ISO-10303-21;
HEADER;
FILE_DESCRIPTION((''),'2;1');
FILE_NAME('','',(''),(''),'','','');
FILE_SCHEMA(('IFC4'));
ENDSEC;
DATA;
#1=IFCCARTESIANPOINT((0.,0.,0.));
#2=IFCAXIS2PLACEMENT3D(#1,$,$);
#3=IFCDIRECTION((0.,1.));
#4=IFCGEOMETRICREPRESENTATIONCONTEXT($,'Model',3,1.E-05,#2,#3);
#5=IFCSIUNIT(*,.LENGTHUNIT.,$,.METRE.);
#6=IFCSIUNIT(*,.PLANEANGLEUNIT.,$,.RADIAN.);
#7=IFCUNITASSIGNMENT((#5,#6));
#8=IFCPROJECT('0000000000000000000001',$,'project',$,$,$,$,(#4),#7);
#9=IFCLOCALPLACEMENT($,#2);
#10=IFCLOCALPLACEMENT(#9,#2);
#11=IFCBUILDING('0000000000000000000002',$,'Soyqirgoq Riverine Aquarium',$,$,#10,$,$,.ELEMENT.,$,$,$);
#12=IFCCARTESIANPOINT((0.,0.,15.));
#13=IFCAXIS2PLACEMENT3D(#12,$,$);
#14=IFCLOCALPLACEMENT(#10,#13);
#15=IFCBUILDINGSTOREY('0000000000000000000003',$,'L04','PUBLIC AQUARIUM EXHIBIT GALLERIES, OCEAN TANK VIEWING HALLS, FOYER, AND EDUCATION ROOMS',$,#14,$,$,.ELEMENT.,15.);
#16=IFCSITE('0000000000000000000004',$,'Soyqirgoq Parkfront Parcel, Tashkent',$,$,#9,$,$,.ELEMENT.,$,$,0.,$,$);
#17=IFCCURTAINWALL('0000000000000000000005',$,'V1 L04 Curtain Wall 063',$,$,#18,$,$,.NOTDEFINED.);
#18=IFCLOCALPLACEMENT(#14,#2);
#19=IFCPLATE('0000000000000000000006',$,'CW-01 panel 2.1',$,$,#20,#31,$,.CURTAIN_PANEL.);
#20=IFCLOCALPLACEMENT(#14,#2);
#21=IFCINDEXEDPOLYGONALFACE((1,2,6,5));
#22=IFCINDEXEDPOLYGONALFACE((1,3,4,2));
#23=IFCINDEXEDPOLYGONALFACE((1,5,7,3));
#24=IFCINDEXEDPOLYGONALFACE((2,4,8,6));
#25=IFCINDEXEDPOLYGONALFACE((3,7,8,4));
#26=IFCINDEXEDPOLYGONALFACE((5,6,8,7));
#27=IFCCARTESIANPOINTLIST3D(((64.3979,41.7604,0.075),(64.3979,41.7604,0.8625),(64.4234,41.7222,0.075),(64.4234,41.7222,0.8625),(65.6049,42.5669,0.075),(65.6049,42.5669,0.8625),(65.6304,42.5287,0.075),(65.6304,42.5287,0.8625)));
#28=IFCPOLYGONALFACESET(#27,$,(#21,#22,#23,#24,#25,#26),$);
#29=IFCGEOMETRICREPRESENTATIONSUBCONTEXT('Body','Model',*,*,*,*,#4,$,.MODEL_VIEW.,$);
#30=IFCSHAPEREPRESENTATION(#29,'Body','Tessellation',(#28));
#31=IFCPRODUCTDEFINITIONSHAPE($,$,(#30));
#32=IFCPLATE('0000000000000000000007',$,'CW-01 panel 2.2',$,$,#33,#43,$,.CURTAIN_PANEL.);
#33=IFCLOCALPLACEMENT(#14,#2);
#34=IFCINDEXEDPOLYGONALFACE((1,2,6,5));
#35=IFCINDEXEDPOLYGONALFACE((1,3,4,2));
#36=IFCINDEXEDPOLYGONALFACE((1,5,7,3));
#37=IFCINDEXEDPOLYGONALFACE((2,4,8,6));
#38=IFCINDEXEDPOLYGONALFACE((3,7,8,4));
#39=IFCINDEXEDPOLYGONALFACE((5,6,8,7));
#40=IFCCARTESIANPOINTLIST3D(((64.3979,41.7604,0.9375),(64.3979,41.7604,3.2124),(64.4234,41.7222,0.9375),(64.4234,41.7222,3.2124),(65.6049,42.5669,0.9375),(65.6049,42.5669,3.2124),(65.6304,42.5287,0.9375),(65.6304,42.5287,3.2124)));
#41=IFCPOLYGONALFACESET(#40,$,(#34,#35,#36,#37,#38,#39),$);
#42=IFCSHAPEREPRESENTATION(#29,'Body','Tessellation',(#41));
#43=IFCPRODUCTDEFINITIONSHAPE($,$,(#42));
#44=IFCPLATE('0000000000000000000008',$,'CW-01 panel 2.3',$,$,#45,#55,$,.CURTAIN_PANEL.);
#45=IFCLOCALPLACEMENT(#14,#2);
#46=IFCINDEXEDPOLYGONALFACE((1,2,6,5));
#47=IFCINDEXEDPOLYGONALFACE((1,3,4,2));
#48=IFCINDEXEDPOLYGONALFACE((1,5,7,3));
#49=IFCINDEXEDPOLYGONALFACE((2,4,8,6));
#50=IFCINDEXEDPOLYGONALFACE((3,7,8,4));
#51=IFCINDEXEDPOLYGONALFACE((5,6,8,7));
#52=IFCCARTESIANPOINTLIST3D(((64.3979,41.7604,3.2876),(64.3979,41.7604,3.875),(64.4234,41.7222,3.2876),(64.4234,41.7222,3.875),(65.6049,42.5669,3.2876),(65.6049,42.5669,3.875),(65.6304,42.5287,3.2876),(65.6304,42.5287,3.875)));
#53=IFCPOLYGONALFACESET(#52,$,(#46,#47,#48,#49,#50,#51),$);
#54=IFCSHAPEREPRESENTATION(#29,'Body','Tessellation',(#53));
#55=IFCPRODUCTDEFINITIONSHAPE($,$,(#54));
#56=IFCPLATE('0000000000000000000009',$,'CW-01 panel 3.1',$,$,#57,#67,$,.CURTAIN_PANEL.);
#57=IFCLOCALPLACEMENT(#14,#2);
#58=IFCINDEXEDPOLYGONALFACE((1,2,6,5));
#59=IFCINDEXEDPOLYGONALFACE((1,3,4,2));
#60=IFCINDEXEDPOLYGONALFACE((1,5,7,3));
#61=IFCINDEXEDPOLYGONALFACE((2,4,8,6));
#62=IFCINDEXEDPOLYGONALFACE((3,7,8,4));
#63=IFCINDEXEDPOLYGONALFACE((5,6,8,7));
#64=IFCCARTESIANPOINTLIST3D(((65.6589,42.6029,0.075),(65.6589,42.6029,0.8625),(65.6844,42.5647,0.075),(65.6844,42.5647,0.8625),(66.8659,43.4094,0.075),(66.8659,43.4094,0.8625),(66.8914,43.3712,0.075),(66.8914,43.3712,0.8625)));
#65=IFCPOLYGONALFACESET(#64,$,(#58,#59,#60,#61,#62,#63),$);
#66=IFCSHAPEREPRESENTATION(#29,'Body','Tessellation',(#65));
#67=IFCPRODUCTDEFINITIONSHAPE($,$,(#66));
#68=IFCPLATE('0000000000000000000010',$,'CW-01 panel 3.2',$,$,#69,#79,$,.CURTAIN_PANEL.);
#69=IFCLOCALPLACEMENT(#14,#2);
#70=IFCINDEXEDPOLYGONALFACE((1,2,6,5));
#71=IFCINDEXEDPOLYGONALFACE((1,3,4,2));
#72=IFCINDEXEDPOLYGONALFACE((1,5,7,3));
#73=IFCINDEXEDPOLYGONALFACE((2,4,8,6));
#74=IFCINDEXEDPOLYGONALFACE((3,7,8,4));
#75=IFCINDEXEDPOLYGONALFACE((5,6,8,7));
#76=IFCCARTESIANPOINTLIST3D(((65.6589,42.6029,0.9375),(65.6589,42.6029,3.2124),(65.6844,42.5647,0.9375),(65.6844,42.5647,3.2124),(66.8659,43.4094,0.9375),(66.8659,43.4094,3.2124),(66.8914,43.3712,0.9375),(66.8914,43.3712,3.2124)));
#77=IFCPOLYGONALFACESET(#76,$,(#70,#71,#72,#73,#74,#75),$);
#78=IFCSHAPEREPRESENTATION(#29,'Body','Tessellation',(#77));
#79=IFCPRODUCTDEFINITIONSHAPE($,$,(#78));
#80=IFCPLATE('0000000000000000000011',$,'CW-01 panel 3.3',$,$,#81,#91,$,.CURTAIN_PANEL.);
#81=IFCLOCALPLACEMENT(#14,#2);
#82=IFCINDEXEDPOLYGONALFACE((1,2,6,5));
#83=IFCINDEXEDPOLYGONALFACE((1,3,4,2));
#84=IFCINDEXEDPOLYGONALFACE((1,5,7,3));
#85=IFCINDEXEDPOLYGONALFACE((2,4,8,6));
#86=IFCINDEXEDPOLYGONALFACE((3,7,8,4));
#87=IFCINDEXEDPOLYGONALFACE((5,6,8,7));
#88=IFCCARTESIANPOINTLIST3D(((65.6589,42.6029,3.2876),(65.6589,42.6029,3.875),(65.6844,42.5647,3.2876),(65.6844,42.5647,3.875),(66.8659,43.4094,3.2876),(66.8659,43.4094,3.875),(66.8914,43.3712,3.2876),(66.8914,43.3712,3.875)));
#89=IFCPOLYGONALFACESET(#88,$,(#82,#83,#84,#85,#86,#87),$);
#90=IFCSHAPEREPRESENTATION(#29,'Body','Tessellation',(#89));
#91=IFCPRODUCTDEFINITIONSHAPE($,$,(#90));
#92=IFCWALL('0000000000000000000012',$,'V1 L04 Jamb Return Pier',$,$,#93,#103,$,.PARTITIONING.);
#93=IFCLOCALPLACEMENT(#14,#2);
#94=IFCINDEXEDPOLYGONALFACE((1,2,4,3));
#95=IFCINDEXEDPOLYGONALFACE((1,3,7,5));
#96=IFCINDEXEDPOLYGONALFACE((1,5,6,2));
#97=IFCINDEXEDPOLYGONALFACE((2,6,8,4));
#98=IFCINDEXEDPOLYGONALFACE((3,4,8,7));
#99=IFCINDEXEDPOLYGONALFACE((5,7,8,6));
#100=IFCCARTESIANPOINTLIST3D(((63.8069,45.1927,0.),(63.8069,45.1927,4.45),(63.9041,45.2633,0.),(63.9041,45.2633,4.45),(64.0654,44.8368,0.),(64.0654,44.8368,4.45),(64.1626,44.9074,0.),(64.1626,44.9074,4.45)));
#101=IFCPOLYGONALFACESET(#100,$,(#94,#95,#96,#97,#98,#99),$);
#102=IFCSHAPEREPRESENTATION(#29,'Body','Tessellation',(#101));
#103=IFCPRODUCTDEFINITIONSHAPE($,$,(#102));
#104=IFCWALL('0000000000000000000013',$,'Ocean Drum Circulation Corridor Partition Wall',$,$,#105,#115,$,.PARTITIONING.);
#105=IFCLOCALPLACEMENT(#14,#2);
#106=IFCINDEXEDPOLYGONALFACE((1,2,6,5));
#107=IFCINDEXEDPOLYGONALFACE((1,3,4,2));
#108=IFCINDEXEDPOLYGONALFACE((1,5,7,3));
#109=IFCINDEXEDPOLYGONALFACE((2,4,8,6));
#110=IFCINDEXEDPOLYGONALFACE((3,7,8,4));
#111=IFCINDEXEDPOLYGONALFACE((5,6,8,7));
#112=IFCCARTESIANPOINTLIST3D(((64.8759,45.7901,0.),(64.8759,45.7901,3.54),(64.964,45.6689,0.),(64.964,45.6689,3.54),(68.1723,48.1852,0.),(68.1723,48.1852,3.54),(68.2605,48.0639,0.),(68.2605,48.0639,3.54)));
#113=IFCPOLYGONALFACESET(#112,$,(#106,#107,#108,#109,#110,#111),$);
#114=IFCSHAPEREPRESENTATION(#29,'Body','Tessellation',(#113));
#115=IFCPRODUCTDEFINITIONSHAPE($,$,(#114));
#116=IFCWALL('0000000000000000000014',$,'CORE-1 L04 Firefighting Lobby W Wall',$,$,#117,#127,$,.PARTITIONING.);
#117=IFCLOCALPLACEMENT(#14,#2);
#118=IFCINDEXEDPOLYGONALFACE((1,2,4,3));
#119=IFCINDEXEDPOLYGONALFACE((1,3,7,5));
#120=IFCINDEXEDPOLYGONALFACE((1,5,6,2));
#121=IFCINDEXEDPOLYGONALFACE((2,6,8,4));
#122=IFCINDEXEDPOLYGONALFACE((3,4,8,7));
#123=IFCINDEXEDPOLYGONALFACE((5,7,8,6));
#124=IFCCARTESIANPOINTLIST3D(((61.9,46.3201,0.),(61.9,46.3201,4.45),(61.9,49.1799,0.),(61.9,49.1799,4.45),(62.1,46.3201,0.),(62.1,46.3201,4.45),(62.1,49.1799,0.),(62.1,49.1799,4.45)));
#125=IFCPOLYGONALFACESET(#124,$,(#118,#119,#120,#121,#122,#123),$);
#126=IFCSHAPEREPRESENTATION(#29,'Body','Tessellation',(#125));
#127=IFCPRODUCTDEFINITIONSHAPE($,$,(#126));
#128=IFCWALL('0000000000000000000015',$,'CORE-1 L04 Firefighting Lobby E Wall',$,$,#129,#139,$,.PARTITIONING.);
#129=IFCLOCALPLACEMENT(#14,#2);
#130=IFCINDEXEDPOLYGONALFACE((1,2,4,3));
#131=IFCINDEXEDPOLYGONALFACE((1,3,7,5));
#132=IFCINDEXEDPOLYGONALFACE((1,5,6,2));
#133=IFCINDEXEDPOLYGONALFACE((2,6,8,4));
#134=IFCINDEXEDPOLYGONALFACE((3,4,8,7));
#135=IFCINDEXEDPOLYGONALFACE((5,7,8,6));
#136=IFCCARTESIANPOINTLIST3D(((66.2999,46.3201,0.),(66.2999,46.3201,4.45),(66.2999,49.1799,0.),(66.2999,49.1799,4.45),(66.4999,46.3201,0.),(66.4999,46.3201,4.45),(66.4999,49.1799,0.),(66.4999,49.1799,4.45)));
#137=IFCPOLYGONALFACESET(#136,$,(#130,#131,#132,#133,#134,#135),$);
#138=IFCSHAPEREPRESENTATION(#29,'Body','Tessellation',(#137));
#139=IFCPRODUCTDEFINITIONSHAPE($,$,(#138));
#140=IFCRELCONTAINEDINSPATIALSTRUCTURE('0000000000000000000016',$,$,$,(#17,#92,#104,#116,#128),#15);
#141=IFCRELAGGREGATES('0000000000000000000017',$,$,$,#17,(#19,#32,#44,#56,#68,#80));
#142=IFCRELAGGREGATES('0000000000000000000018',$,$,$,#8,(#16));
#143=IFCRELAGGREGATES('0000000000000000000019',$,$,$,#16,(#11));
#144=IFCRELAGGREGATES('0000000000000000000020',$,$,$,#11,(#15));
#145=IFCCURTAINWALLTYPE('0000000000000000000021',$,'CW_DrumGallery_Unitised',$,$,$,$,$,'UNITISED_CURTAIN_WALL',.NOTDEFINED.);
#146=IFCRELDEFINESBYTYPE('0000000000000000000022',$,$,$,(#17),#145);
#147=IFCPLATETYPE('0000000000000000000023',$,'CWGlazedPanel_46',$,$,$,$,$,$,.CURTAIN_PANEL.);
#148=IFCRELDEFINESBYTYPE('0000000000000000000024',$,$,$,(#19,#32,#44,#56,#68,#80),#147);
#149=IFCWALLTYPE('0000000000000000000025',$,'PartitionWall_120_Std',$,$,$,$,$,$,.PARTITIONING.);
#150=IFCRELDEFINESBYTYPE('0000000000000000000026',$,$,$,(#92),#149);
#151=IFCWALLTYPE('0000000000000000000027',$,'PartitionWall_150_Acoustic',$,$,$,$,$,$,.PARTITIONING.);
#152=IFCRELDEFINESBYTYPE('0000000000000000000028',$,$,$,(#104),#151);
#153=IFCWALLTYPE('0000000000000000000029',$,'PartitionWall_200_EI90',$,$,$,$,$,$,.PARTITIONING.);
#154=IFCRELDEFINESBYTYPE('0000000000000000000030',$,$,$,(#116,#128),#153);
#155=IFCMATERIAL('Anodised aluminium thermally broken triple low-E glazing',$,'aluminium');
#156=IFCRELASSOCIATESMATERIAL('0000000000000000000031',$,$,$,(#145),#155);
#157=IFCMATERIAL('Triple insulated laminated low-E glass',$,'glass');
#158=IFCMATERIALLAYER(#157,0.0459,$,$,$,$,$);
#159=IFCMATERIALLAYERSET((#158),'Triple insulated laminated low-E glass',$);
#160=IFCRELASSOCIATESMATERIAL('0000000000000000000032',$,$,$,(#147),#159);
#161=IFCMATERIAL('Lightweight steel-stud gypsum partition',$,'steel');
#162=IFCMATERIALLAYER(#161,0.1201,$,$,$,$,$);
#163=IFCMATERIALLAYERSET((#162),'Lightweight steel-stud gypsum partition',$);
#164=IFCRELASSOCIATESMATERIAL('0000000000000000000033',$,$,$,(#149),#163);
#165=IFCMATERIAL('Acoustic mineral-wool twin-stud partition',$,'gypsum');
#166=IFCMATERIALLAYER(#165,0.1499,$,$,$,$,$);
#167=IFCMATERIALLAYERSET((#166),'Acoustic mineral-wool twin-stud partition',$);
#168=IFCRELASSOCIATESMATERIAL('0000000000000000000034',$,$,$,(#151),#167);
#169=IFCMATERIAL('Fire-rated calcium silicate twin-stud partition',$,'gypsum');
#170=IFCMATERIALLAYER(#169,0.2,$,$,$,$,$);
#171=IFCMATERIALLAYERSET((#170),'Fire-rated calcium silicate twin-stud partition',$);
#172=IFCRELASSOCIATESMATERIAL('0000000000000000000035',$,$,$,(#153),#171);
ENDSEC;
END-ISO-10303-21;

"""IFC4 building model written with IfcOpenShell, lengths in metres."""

from ifc_helpers import new_model, si_unit, direction, frame, frame_2d, origin, origin_2d, place, context, subcontext, project, spatial, rectangle, extrude, material, layer, layer_set, type_object, element, aggregate, save


model = new_model("IFC4")

# Units and contexts
model_context = context("Model", 3, precision=1e-05, world=origin(), true_north=direction((0.0, 1.0)))
body_context = subcontext(model_context, "Body", "Model", "MODEL_VIEW")
ifc_project = project(units=[si_unit("LENGTHUNIT", "METRE"), si_unit("PLANEANGLEUNIT", "RADIAN")], contexts=[model_context])

# Site, building, storey
site_placement = place(None, origin())
site = spatial("IfcSite", under=ifc_project, at=site_placement, Name="Soyqirgoq Parkfront Parcel, Tashkent", CompositionType="ELEMENT", RefElevation=0.0)
building_placement = place(site_placement, origin())
building = spatial("IfcBuilding", under=site, at=building_placement, Name="Soyqirgoq Riverine Aquarium", CompositionType="ELEMENT")
storey_placement = place(building_placement, frame((0.0, 0.0, 15.0)))
storey = spatial("IfcBuildingStorey", under=building, at=storey_placement, Name="L04", Description="PUBLIC AQUARIUM EXHIBIT GALLERIES, OCEAN TANK VIEWING HALLS, FOYER, AND EDUCATION ROOMS", CompositionType="ELEMENT", Elevation=15.0)

# Shared definitions
ifc_material_1 = material(Name="Anodised aluminium thermally broken triple low-E glazing", Category="aluminium")
curtain_wall_type = type_object("IfcCurtainWallType", Name="CW_DrumGallery_Unitised", ElementType="UNITISED_CURTAIN_WALL", PredefinedType="NOTDEFINED", material=ifc_material_1)

# Curtain wall
curtain_wall_1_placement = place(storey_placement, origin())
curtain_wall_1 = element("IfcCurtainWall", 1, at=curtain_wall_1_placement, inside=storey, type_object=curtain_wall_type, Name="V1 L04 Curtain Wall 063", PredefinedType="NOTDEFINED")

# Plates
ifc_material_2 = material(Name="Triple insulated laminated low-E glass", Category="glass")
ifc_layer_1 = layer(ifc_material_2, 0.0459)
ifc_layer_set_1 = layer_set([ifc_layer_1], Name="Triple insulated laminated low-E glass")
plate_type = type_object("IfcPlateType", Name="CWGlazedPanel_46", PredefinedType="CURTAIN_PANEL", material=ifc_layer_set_1)
plate_1_placement = place(storey_placement, frame((65.0142, 42.1445, 0.075), z_axis=(0.0, 0.0, 1.0), x_axis=(0.831464, 0.555579, 0.0)))
plate_1 = element("IfcPlate", 2, at=plate_1_placement, type_object=plate_type, Name="CW-01 panel 2.1", PredefinedType="CURTAIN_PANEL", context=body_context, shape_type="SweptSolid", body=[
    extrude(rectangle(XDim=1.4517, YDim=0.0459, at=origin_2d()), origin(), (0.0, 0.0, 1.0), 0.7876),
])
plate_2_placement = place(storey_placement, frame((65.0142, 42.1445, 0.9375), z_axis=(0.0, 0.0, 1.0), x_axis=(0.831464, 0.555579, 0.0)))
plate_2 = element("IfcPlate", 3, at=plate_2_placement, type_object=plate_type, Name="CW-01 panel 2.2", PredefinedType="CURTAIN_PANEL", context=body_context, shape_type="SweptSolid", body=[
    extrude(rectangle(XDim=1.4517, YDim=0.0459, at=origin_2d()), origin(), (0.0, 0.0, 1.0), 2.2749),
])
plate_3_placement = place(storey_placement, frame((65.0142, 42.1445, 3.2876), z_axis=(0.0, 0.0, 1.0), x_axis=(0.831464, 0.555579, 0.0)))
plate_3 = element("IfcPlate", 4, at=plate_3_placement, type_object=plate_type, Name="CW-01 panel 2.3", PredefinedType="CURTAIN_PANEL", context=body_context, shape_type="SweptSolid", body=[
    extrude(rectangle(XDim=1.4517, YDim=0.0459, at=origin_2d()), origin(), (0.0, 0.0, 1.0), 0.5874),
])
plate_4_placement = place(storey_placement, frame((66.2751, 42.9871, 0.075), z_axis=(0.0, 0.0, 1.0), x_axis=(0.831464, 0.555579, 0.0)))
plate_4 = element("IfcPlate", 5, at=plate_4_placement, type_object=plate_type, Name="CW-01 panel 3.1", PredefinedType="CURTAIN_PANEL", context=body_context, shape_type="SweptSolid", body=[
    extrude(rectangle(XDim=1.4517, YDim=0.0459, at=origin_2d()), origin(), (0.0, 0.0, 1.0), 0.7876),
])
plate_5_placement = place(storey_placement, frame((66.2751, 42.9871, 0.9375), z_axis=(0.0, 0.0, 1.0), x_axis=(0.831464, 0.555579, 0.0)))
plate_5 = element("IfcPlate", 6, at=plate_5_placement, type_object=plate_type, Name="CW-01 panel 3.2", PredefinedType="CURTAIN_PANEL", context=body_context, shape_type="SweptSolid", body=[
    extrude(rectangle(XDim=1.4517, YDim=0.0459, at=origin_2d()), origin(), (0.0, 0.0, 1.0), 2.2749),
])
plate_6_placement = place(storey_placement, frame((66.2751, 42.9871, 3.2876), z_axis=(0.0, 0.0, 1.0), x_axis=(0.831464, 0.555579, 0.0)))
plate_6 = element("IfcPlate", 7, at=plate_6_placement, type_object=plate_type, Name="CW-01 panel 3.3", PredefinedType="CURTAIN_PANEL", context=body_context, shape_type="SweptSolid", body=[
    extrude(rectangle(XDim=1.4517, YDim=0.0459, at=origin_2d()), origin(), (0.0, 0.0, 1.0), 0.5874),
])
aggregate(curtain_wall_1, [plate_1, plate_2, plate_3, plate_4, plate_5, plate_6])

# Walls
ifc_material_3 = material(Name="Lightweight steel-stud gypsum partition", Category="steel")
ifc_layer_2 = layer(ifc_material_3, 0.1201)
ifc_layer_set_2 = layer_set([ifc_layer_2], Name="Lightweight steel-stud gypsum partition")
wall_type_1 = type_object("IfcWallType", Name="PartitionWall_120_Std", PredefinedType="PARTITIONING", material=ifc_layer_set_2)
wall_1_placement = place(storey_placement, frame((64.114, 44.8721, 0.0), z_axis=(0.0, 0.0, 1.0), x_axis=(-0.587677, 0.809096, 0.0)))
element("IfcWall", 8, at=wall_1_placement, inside=storey, type_object=wall_type_1, Name="V1 L04 Jamb Return Pier", PredefinedType="PARTITIONING", context=body_context, shape_type="SweptSolid", body=[
    extrude(rectangle(XDim=0.4399, YDim=0.1201, at=frame_2d((0.22, 0.0))), origin(), (0.0, 0.0, 1.0), 4.45),
])
ifc_material_4 = material(Name="Acoustic mineral-wool twin-stud partition", Category="gypsum")
ifc_layer_3 = layer(ifc_material_4, 0.1499)
ifc_layer_set_3 = layer_set([ifc_layer_3], Name="Acoustic mineral-wool twin-stud partition")
wall_type_2 = type_object("IfcWallType", Name="PartitionWall_150_Acoustic", PredefinedType="PARTITIONING", material=ifc_layer_set_3)
wall_2_placement = place(storey_placement, frame((64.9199, 45.7295, 0.0), z_axis=(0.0, 0.0, 1.0), x_axis=(0.809011, 0.587794, 0.0)))
element("IfcWall", 9, at=wall_2_placement, inside=storey, type_object=wall_type_2, Name="Ocean Drum Circulation Corridor Partition Wall", PredefinedType="PARTITIONING", context=body_context, shape_type="SweptSolid", body=[
    extrude(rectangle(XDim=4.0747, YDim=0.1499, at=frame_2d((2.0374, 0.0))), origin(), (0.0, 0.0, 1.0), 3.54),
])

# Shared definitions
ifc_material_5 = material(Name="Fire-rated calcium silicate twin-stud partition", Category="gypsum")
ifc_layer_4 = layer(ifc_material_5, 0.2)
ifc_layer_set_4 = layer_set([ifc_layer_4], Name="Fire-rated calcium silicate twin-stud partition")
wall_type_3 = type_object("IfcWallType", Name="PartitionWall_200_EI90", PredefinedType="PARTITIONING", material=ifc_layer_set_4)

# Walls
for number, where, z_axis, x_axis, name in (
    (10, (62.0, 46.3201, 0.0), (0.0, 0.0, 1.0), (0.0, 1.0, 0.0), "CORE-1 L04 Firefighting Lobby W Wall"),
    (11, (66.3999, 46.3201, 0.0), (0.0, 0.0, 1.0), (0.0, 1.0, 0.0), "CORE-1 L04 Firefighting Lobby E Wall"),
):
    element("IfcWall", number, at=place(storey_placement, frame(where, z_axis=z_axis, x_axis=x_axis)), inside=storey, type_object=wall_type_3, Name=name, PredefinedType="PARTITIONING", context=body_context, shape_type="SweptSolid", body=[
        extrude(rectangle(XDim=2.8599, YDim=0.2, at=frame_2d((1.4299, 0.0))), origin(), (0.0, 0.0, 1.0), 4.45),
    ])

save(model, "model.ifc")
